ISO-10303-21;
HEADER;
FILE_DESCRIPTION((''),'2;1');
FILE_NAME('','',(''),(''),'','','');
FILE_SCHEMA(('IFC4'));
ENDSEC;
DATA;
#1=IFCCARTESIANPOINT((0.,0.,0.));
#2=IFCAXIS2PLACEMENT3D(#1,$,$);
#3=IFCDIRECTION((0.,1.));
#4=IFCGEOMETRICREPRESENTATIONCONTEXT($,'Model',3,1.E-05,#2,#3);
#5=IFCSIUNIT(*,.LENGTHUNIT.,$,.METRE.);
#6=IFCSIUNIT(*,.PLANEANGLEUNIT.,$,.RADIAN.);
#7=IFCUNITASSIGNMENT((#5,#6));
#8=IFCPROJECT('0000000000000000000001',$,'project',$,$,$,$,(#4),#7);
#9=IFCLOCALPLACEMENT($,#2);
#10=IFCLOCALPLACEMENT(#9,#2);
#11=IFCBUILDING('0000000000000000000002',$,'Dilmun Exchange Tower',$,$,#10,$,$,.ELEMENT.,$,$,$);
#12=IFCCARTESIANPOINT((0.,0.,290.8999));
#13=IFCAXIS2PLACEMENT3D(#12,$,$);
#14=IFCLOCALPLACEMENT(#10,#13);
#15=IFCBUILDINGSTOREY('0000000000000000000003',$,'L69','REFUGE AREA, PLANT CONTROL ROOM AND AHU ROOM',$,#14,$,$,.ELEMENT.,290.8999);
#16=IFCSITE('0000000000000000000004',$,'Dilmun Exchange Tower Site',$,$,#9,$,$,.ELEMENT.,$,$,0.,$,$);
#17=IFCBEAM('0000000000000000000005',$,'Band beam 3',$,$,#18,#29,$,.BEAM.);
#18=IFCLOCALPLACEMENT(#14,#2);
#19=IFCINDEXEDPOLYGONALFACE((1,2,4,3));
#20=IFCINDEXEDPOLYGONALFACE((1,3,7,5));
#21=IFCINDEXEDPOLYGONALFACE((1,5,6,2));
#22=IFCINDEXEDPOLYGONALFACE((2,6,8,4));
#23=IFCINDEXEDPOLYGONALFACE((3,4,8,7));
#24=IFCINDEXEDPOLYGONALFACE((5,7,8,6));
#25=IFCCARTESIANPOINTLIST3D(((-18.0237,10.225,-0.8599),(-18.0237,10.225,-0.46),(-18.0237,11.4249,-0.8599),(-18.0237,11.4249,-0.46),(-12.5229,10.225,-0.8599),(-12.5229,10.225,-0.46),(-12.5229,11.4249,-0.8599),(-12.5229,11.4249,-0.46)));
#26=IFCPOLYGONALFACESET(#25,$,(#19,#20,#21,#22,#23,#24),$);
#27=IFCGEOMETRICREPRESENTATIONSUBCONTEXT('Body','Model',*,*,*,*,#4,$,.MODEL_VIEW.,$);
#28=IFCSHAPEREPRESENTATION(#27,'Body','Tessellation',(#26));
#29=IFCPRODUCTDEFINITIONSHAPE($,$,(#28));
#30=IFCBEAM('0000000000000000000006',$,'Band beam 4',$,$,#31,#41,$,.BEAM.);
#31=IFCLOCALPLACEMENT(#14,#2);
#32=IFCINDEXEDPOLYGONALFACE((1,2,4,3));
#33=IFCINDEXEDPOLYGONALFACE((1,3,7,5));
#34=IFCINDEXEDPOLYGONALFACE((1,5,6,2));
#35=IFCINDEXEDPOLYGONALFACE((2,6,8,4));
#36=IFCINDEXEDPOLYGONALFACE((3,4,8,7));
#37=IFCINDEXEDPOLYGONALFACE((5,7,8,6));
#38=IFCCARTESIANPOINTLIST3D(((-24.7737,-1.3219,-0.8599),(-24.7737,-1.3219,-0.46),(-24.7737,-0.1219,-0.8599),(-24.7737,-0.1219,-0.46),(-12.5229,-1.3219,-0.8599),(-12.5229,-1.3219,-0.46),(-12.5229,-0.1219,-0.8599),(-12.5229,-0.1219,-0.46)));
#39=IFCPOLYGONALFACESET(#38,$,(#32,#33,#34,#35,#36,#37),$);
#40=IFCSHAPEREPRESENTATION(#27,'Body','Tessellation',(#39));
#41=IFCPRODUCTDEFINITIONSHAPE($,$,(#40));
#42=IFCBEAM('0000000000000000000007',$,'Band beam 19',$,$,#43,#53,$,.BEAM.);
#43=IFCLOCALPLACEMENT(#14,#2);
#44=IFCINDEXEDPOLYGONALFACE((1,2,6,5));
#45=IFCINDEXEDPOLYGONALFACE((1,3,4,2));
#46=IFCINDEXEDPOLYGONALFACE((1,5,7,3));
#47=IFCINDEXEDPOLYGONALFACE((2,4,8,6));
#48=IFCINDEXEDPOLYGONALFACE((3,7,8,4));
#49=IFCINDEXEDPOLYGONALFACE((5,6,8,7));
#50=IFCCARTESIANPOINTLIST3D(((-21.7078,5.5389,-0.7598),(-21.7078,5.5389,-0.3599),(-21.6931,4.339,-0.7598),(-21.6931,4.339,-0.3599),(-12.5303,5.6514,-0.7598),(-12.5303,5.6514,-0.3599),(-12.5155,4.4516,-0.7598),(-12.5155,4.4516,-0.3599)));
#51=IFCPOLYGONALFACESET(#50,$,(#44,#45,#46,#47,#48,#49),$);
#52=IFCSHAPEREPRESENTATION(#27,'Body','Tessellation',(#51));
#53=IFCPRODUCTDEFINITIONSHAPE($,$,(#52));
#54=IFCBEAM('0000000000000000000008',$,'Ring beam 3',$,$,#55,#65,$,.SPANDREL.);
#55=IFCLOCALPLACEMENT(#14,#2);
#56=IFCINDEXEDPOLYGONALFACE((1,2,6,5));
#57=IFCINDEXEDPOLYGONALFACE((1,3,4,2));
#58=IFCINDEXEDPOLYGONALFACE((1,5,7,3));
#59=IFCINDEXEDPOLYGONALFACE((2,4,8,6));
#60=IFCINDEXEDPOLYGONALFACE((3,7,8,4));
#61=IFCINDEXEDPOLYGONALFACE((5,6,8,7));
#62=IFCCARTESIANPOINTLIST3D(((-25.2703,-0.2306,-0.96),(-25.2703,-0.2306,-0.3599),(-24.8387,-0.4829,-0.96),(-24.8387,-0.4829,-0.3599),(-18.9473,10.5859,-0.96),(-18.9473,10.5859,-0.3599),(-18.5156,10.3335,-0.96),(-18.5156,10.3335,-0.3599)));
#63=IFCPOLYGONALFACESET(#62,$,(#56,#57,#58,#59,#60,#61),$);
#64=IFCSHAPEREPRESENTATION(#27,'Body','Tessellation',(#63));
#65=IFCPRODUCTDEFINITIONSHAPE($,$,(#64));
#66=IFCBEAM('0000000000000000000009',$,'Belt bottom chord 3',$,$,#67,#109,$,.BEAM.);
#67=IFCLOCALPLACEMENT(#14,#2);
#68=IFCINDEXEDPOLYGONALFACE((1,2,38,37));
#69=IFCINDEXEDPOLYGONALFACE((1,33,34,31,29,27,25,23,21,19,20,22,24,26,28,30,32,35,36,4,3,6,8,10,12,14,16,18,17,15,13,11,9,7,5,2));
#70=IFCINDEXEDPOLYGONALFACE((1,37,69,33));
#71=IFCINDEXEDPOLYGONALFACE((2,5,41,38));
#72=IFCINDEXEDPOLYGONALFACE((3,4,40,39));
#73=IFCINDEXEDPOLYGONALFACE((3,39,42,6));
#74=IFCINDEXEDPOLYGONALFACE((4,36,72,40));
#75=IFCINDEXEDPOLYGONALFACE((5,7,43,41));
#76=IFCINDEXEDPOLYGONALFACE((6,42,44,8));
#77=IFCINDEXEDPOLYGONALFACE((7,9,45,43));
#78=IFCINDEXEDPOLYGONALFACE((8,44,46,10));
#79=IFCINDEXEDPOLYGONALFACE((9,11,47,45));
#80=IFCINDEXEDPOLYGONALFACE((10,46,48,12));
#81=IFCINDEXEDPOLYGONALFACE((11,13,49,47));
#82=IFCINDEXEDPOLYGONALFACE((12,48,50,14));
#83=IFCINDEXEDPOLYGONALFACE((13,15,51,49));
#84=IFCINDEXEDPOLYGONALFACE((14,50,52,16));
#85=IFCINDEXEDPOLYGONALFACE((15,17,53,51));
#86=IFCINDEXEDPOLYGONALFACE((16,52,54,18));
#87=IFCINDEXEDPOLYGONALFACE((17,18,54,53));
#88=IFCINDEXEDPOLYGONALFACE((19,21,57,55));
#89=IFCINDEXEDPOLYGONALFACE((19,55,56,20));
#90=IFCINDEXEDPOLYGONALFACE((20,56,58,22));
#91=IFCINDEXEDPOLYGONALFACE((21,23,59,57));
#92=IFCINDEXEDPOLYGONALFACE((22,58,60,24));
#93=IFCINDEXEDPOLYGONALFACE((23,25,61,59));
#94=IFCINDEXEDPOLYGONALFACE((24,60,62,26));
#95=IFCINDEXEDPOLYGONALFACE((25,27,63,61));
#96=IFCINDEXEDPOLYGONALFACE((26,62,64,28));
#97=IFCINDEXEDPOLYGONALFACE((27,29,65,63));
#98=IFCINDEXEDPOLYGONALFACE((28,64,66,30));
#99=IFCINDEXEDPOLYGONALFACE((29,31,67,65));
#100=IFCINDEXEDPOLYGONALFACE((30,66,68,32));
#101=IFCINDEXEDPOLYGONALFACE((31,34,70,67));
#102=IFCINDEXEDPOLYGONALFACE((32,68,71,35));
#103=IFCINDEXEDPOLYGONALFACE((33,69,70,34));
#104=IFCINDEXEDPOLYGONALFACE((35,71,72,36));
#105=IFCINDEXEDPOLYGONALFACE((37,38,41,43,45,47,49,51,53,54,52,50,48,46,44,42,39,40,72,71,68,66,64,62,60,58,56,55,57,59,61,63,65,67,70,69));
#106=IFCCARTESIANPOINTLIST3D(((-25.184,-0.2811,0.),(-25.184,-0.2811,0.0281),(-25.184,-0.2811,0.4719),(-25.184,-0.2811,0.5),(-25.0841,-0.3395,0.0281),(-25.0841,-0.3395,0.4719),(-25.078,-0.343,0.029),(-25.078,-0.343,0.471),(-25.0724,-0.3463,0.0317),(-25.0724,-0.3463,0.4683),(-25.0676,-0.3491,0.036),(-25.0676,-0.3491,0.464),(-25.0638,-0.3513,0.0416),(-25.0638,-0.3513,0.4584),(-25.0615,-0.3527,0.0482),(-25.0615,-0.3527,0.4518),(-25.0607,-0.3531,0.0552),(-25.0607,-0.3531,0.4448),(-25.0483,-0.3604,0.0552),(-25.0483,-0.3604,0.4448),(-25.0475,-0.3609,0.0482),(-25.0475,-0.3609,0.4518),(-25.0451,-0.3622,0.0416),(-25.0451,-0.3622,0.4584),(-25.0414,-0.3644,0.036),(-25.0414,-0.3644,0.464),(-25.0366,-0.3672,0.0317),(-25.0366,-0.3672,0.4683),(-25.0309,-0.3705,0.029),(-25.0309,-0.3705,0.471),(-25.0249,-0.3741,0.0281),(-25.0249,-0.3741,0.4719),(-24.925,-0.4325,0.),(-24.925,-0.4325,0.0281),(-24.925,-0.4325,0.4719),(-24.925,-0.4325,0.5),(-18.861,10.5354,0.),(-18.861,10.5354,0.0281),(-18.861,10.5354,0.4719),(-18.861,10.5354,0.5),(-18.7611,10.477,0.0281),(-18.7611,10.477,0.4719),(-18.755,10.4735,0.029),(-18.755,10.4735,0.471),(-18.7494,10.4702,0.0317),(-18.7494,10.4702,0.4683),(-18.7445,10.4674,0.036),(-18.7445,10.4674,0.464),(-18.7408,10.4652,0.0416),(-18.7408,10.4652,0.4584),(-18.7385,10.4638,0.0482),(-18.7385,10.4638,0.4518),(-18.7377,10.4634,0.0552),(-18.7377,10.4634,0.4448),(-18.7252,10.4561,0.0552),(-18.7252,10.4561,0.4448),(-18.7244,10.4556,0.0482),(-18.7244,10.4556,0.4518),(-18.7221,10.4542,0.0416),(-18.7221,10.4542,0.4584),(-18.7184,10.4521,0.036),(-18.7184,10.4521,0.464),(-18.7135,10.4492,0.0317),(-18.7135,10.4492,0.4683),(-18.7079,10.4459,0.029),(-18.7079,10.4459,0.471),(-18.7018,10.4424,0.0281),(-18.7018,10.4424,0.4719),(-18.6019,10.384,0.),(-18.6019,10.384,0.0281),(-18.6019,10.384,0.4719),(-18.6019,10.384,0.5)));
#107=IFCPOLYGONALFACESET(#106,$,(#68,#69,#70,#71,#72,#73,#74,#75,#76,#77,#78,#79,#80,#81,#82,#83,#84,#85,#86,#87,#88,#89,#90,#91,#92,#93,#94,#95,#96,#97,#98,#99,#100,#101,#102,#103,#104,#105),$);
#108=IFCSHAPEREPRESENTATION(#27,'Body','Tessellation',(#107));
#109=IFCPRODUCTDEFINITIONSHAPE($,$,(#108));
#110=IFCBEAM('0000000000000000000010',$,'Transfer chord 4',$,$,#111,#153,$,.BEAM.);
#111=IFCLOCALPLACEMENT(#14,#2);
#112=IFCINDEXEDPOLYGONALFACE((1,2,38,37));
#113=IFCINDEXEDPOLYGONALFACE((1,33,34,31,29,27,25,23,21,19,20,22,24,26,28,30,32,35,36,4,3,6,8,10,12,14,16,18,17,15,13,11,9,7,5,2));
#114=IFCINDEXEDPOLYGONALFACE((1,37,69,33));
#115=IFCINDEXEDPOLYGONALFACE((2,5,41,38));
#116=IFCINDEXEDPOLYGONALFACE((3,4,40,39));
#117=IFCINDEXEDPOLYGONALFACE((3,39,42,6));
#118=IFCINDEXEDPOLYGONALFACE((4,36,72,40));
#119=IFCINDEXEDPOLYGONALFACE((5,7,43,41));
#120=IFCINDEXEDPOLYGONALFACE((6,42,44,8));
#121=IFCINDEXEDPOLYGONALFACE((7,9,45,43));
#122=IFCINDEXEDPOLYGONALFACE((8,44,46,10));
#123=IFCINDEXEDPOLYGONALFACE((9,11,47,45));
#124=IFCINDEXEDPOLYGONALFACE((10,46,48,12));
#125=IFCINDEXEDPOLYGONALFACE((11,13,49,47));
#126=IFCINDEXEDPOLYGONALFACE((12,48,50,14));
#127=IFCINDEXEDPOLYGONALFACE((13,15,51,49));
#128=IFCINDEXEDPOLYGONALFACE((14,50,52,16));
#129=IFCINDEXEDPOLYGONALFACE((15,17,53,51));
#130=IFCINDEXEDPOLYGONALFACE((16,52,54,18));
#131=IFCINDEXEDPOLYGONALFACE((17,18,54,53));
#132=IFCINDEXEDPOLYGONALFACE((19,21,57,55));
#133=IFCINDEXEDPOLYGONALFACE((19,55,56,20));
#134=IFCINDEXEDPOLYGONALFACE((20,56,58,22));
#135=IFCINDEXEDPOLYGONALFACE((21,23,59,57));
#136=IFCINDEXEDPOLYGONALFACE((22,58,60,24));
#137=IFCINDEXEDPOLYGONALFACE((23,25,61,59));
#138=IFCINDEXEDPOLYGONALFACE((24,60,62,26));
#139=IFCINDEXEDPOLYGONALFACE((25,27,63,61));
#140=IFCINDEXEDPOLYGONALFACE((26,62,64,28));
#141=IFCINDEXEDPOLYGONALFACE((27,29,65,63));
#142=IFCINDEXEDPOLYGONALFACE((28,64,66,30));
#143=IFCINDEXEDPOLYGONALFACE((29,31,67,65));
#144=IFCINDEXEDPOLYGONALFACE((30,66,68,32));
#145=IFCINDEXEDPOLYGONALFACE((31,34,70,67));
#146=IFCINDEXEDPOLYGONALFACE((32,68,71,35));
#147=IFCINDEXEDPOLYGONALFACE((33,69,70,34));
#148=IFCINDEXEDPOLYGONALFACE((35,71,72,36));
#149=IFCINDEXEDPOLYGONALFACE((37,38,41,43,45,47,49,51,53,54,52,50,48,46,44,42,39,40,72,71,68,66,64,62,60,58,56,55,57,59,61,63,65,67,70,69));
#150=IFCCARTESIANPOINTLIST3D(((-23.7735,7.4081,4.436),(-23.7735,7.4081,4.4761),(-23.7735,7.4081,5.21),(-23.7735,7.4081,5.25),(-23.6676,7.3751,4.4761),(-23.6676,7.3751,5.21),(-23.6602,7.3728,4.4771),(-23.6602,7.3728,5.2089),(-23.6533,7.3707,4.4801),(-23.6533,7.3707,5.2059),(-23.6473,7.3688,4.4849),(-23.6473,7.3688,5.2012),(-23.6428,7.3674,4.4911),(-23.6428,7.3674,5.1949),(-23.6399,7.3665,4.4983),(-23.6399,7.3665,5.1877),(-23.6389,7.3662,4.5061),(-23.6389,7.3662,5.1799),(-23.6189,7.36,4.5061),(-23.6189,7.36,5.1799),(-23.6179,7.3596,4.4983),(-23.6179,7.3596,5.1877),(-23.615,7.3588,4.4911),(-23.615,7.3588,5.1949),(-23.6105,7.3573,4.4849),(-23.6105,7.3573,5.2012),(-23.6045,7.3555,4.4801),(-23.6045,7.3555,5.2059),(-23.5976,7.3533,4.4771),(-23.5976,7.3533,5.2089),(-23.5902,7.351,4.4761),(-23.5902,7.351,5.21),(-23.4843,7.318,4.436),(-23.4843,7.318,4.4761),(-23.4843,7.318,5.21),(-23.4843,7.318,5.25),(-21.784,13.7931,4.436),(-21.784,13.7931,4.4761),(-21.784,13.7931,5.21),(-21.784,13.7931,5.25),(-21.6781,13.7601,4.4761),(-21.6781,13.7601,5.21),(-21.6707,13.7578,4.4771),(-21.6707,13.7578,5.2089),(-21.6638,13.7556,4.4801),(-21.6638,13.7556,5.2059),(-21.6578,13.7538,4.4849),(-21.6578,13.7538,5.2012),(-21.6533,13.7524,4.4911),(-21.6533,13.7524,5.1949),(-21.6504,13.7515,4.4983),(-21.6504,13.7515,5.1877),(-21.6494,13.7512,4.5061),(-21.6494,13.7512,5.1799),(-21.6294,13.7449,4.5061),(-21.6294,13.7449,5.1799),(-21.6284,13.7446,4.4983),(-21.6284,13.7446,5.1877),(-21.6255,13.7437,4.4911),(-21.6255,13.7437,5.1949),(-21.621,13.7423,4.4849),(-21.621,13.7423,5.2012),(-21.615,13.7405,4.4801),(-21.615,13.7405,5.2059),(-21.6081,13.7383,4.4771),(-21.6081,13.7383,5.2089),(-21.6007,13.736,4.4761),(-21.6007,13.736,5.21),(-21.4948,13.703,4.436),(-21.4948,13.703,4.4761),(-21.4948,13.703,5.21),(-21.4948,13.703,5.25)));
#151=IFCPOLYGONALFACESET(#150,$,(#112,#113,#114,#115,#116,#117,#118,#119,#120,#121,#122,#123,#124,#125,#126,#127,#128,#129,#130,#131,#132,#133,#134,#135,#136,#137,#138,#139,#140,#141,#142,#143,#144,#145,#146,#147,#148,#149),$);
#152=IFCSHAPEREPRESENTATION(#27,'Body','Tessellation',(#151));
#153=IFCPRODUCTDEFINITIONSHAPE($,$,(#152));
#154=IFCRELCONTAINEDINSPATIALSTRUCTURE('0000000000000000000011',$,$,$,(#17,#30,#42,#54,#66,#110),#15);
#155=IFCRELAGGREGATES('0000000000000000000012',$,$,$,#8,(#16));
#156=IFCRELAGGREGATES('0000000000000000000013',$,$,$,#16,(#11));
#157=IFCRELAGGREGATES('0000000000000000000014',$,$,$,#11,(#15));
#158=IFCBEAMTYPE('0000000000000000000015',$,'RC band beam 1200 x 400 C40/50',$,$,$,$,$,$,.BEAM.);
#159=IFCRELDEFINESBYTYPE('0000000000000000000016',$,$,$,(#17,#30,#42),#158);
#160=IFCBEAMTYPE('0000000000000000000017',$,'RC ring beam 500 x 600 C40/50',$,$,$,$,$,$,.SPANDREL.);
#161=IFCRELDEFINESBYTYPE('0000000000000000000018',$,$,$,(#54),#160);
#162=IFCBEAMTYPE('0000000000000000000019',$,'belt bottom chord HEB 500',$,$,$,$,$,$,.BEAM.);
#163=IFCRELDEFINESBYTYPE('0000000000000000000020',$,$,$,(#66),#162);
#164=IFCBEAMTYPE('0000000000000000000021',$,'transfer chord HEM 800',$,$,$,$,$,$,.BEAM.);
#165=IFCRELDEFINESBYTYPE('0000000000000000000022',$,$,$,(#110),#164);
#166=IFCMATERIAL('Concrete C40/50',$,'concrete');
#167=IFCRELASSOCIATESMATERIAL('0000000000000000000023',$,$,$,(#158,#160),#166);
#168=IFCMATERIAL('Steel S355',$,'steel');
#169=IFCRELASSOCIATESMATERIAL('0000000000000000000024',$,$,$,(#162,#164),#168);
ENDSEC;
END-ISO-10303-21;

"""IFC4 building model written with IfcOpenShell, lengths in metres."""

from ifc_helpers import new_model, si_unit, direction, frame, origin, origin_2d, place, context, subcontext, project, spatial, rectangle, i_section, extrude, material, material_profile, profile_set, type_object, element, save


model = new_model("IFC4")

# Units and contexts
model_context = context("Model", 3, precision=1e-05, world=origin(), true_north=direction((0.0, 1.0)))
body_context = subcontext(model_context, "Body", "Model", "MODEL_VIEW")
ifc_project = project(units=[si_unit("LENGTHUNIT", "METRE"), si_unit("PLANEANGLEUNIT", "RADIAN")], contexts=[model_context])

# Site, building, storey
site_placement = place(None, origin())
site = spatial("IfcSite", under=ifc_project, at=site_placement, Name="Dilmun Exchange Tower Site", CompositionType="ELEMENT", RefElevation=0.0)
building_placement = place(site_placement, origin())
building = spatial("IfcBuilding", under=site, at=building_placement, Name="Dilmun Exchange Tower", CompositionType="ELEMENT")
storey_placement = place(building_placement, frame((0.0, 0.0, 290.8999)))
storey = spatial("IfcBuildingStorey", under=building, at=storey_placement, Name="L69", Description="REFUGE AREA, PLANT CONTROL ROOM AND AHU ROOM", CompositionType="ELEMENT", Elevation=290.8999)

# Beams
ifc_material_1 = material(Name="Concrete C40/50", Category="concrete")
ifc_material_profile_1 = material_profile(ifc_material_1, rectangle(XDim=1.2, YDim=0.3999, at=origin_2d()), Name="1200 x 400")
ifc_profile_set_1 = profile_set([ifc_material_profile_1], Name="Concrete C40/50")
beam_type_1 = type_object("IfcBeamType", Name="RC band beam 1200 x 400 C40/50", PredefinedType="BEAM", material=ifc_profile_set_1)
beam_1_placement = place(storey_placement, frame((-18.0237, 10.825, -0.6599), z_axis=(1.0, 0.0, 0.0), x_axis=(0.0, 1.0, 0.0)))
element("IfcBeam", 1, at=beam_1_placement, inside=storey, type_object=beam_type_1, Name="Band beam 3", PredefinedType="BEAM", context=body_context, shape_type="SweptSolid", body=[
    extrude(rectangle(XDim=1.2, YDim=0.3999, at=origin_2d()), origin(), (0.0, 0.0, 1.0), 5.5007),
])
beam_2_placement = place(storey_placement, frame((-24.7737, -0.7219, -0.6599), z_axis=(1.0, 0.0, 0.0), x_axis=(0.0, 1.0, 0.0)))
element("IfcBeam", 2, at=beam_2_placement, inside=storey, type_object=beam_type_1, Name="Band beam 4", PredefinedType="BEAM", context=body_context, shape_type="SweptSolid", body=[
    extrude(rectangle(XDim=1.2, YDim=0.3999, at=origin_2d()), origin(), (0.0, 0.0, 1.0), 12.2507),
])
beam_3_placement = place(storey_placement, frame((-21.7004, 4.939, -0.5598), z_axis=(0.999925, 0.012263, 0.0), x_axis=(-0.012263, 0.999925, 0.0)))
element("IfcBeam", 3, at=beam_3_placement, inside=storey, type_object=beam_type_1, Name="Band beam 19", PredefinedType="BEAM", context=body_context, shape_type="SweptSolid", body=[
    extrude(rectangle(XDim=1.2, YDim=0.3999, at=origin_2d()), origin(), (0.0, 0.0, 1.0), 9.1782),
])
ifc_material_profile_2 = material_profile(ifc_material_1, rectangle(XDim=0.5, YDim=0.6001, at=origin_2d()), Name="500 x 600")
ifc_profile_set_2 = profile_set([ifc_material_profile_2], Name="Concrete C40/50")
beam_type_2 = type_object("IfcBeamType", Name="RC ring beam 500 x 600 C40/50", PredefinedType="SPANDREL", material=ifc_profile_set_2)
beam_4_placement = place(storey_placement, frame((-18.7314, 10.4597, -0.6599), z_axis=(-0.50467, -0.863312, 0.0), x_axis=(0.863312, -0.50467, 0.0)))
element("IfcBeam", 4, at=beam_4_placement, inside=storey, type_object=beam_type_2, Name="Ring beam 3", PredefinedType="SPANDREL", context=body_context, shape_type="SweptSolid", body=[
    extrude(rectangle(XDim=0.5, YDim=0.6001, at=origin_2d()), origin(), (0.0, 0.0, 1.0), 12.5291),
])
ifc_material_2 = material(Name="Steel S355", Category="steel")
ifc_material_profile_3 = material_profile(ifc_material_2, i_section(OverallWidth=0.3, OverallDepth=0.5, WebThickness=0.0144, FlangeThickness=0.0281, FilletRadius=0.0271, at=origin_2d()), Name="HEB 500")
ifc_profile_set_3 = profile_set([ifc_material_profile_3], Name="Steel S355")
beam_type_3 = type_object("IfcBeamType", Name="belt bottom chord HEB 500", PredefinedType="BEAM", material=ifc_profile_set_3)
beam_5_placement = place(storey_placement, frame((-18.7314, 10.4597, 0.25), z_axis=(-0.50467, -0.863312, 0.0), x_axis=(0.863312, -0.50467, 0.0)))
element("IfcBeam", 5, at=beam_5_placement, inside=storey, type_object=beam_type_3, Name="Belt bottom chord 3", PredefinedType="BEAM", context=body_context, shape_type="SweptSolid", body=[
    extrude(i_section(OverallWidth=0.3, OverallDepth=0.5, WebThickness=0.0144, FlangeThickness=0.0281, FilletRadius=0.0271, at=origin_2d()), origin(), (0.0, 0.0, 1.0), 12.5291),
])
ifc_material_profile_4 = material_profile(ifc_material_2, i_section(OverallWidth=0.303, OverallDepth=0.814, WebThickness=0.021, FlangeThickness=0.04, FilletRadius=0.03, at=origin_2d()), Name="HEM 800")
ifc_profile_set_4 = profile_set([ifc_material_profile_4], Name="Steel S355")
beam_type_4 = type_object("IfcBeamType", Name="transfer chord HEM 800", PredefinedType="BEAM", material=ifc_profile_set_4)
beam_6_placement = place(storey_placement, frame((-21.6394, 13.748, 4.843), z_axis=(-0.297483, -0.954727, 0.0), x_axis=(0.954727, -0.297483, 0.0)))
element("IfcBeam", 6, at=beam_6_placement, inside=storey, type_object=beam_type_4, Name="Transfer chord 4", PredefinedType="BEAM", context=body_context, shape_type="SweptSolid", body=[
    extrude(i_section(OverallWidth=0.303, OverallDepth=0.814, WebThickness=0.021, FlangeThickness=0.04, FilletRadius=0.03, at=origin_2d()), origin(), (0.0, 0.0, 1.0), 6.6877),
])

save(model, "model.ifc")
